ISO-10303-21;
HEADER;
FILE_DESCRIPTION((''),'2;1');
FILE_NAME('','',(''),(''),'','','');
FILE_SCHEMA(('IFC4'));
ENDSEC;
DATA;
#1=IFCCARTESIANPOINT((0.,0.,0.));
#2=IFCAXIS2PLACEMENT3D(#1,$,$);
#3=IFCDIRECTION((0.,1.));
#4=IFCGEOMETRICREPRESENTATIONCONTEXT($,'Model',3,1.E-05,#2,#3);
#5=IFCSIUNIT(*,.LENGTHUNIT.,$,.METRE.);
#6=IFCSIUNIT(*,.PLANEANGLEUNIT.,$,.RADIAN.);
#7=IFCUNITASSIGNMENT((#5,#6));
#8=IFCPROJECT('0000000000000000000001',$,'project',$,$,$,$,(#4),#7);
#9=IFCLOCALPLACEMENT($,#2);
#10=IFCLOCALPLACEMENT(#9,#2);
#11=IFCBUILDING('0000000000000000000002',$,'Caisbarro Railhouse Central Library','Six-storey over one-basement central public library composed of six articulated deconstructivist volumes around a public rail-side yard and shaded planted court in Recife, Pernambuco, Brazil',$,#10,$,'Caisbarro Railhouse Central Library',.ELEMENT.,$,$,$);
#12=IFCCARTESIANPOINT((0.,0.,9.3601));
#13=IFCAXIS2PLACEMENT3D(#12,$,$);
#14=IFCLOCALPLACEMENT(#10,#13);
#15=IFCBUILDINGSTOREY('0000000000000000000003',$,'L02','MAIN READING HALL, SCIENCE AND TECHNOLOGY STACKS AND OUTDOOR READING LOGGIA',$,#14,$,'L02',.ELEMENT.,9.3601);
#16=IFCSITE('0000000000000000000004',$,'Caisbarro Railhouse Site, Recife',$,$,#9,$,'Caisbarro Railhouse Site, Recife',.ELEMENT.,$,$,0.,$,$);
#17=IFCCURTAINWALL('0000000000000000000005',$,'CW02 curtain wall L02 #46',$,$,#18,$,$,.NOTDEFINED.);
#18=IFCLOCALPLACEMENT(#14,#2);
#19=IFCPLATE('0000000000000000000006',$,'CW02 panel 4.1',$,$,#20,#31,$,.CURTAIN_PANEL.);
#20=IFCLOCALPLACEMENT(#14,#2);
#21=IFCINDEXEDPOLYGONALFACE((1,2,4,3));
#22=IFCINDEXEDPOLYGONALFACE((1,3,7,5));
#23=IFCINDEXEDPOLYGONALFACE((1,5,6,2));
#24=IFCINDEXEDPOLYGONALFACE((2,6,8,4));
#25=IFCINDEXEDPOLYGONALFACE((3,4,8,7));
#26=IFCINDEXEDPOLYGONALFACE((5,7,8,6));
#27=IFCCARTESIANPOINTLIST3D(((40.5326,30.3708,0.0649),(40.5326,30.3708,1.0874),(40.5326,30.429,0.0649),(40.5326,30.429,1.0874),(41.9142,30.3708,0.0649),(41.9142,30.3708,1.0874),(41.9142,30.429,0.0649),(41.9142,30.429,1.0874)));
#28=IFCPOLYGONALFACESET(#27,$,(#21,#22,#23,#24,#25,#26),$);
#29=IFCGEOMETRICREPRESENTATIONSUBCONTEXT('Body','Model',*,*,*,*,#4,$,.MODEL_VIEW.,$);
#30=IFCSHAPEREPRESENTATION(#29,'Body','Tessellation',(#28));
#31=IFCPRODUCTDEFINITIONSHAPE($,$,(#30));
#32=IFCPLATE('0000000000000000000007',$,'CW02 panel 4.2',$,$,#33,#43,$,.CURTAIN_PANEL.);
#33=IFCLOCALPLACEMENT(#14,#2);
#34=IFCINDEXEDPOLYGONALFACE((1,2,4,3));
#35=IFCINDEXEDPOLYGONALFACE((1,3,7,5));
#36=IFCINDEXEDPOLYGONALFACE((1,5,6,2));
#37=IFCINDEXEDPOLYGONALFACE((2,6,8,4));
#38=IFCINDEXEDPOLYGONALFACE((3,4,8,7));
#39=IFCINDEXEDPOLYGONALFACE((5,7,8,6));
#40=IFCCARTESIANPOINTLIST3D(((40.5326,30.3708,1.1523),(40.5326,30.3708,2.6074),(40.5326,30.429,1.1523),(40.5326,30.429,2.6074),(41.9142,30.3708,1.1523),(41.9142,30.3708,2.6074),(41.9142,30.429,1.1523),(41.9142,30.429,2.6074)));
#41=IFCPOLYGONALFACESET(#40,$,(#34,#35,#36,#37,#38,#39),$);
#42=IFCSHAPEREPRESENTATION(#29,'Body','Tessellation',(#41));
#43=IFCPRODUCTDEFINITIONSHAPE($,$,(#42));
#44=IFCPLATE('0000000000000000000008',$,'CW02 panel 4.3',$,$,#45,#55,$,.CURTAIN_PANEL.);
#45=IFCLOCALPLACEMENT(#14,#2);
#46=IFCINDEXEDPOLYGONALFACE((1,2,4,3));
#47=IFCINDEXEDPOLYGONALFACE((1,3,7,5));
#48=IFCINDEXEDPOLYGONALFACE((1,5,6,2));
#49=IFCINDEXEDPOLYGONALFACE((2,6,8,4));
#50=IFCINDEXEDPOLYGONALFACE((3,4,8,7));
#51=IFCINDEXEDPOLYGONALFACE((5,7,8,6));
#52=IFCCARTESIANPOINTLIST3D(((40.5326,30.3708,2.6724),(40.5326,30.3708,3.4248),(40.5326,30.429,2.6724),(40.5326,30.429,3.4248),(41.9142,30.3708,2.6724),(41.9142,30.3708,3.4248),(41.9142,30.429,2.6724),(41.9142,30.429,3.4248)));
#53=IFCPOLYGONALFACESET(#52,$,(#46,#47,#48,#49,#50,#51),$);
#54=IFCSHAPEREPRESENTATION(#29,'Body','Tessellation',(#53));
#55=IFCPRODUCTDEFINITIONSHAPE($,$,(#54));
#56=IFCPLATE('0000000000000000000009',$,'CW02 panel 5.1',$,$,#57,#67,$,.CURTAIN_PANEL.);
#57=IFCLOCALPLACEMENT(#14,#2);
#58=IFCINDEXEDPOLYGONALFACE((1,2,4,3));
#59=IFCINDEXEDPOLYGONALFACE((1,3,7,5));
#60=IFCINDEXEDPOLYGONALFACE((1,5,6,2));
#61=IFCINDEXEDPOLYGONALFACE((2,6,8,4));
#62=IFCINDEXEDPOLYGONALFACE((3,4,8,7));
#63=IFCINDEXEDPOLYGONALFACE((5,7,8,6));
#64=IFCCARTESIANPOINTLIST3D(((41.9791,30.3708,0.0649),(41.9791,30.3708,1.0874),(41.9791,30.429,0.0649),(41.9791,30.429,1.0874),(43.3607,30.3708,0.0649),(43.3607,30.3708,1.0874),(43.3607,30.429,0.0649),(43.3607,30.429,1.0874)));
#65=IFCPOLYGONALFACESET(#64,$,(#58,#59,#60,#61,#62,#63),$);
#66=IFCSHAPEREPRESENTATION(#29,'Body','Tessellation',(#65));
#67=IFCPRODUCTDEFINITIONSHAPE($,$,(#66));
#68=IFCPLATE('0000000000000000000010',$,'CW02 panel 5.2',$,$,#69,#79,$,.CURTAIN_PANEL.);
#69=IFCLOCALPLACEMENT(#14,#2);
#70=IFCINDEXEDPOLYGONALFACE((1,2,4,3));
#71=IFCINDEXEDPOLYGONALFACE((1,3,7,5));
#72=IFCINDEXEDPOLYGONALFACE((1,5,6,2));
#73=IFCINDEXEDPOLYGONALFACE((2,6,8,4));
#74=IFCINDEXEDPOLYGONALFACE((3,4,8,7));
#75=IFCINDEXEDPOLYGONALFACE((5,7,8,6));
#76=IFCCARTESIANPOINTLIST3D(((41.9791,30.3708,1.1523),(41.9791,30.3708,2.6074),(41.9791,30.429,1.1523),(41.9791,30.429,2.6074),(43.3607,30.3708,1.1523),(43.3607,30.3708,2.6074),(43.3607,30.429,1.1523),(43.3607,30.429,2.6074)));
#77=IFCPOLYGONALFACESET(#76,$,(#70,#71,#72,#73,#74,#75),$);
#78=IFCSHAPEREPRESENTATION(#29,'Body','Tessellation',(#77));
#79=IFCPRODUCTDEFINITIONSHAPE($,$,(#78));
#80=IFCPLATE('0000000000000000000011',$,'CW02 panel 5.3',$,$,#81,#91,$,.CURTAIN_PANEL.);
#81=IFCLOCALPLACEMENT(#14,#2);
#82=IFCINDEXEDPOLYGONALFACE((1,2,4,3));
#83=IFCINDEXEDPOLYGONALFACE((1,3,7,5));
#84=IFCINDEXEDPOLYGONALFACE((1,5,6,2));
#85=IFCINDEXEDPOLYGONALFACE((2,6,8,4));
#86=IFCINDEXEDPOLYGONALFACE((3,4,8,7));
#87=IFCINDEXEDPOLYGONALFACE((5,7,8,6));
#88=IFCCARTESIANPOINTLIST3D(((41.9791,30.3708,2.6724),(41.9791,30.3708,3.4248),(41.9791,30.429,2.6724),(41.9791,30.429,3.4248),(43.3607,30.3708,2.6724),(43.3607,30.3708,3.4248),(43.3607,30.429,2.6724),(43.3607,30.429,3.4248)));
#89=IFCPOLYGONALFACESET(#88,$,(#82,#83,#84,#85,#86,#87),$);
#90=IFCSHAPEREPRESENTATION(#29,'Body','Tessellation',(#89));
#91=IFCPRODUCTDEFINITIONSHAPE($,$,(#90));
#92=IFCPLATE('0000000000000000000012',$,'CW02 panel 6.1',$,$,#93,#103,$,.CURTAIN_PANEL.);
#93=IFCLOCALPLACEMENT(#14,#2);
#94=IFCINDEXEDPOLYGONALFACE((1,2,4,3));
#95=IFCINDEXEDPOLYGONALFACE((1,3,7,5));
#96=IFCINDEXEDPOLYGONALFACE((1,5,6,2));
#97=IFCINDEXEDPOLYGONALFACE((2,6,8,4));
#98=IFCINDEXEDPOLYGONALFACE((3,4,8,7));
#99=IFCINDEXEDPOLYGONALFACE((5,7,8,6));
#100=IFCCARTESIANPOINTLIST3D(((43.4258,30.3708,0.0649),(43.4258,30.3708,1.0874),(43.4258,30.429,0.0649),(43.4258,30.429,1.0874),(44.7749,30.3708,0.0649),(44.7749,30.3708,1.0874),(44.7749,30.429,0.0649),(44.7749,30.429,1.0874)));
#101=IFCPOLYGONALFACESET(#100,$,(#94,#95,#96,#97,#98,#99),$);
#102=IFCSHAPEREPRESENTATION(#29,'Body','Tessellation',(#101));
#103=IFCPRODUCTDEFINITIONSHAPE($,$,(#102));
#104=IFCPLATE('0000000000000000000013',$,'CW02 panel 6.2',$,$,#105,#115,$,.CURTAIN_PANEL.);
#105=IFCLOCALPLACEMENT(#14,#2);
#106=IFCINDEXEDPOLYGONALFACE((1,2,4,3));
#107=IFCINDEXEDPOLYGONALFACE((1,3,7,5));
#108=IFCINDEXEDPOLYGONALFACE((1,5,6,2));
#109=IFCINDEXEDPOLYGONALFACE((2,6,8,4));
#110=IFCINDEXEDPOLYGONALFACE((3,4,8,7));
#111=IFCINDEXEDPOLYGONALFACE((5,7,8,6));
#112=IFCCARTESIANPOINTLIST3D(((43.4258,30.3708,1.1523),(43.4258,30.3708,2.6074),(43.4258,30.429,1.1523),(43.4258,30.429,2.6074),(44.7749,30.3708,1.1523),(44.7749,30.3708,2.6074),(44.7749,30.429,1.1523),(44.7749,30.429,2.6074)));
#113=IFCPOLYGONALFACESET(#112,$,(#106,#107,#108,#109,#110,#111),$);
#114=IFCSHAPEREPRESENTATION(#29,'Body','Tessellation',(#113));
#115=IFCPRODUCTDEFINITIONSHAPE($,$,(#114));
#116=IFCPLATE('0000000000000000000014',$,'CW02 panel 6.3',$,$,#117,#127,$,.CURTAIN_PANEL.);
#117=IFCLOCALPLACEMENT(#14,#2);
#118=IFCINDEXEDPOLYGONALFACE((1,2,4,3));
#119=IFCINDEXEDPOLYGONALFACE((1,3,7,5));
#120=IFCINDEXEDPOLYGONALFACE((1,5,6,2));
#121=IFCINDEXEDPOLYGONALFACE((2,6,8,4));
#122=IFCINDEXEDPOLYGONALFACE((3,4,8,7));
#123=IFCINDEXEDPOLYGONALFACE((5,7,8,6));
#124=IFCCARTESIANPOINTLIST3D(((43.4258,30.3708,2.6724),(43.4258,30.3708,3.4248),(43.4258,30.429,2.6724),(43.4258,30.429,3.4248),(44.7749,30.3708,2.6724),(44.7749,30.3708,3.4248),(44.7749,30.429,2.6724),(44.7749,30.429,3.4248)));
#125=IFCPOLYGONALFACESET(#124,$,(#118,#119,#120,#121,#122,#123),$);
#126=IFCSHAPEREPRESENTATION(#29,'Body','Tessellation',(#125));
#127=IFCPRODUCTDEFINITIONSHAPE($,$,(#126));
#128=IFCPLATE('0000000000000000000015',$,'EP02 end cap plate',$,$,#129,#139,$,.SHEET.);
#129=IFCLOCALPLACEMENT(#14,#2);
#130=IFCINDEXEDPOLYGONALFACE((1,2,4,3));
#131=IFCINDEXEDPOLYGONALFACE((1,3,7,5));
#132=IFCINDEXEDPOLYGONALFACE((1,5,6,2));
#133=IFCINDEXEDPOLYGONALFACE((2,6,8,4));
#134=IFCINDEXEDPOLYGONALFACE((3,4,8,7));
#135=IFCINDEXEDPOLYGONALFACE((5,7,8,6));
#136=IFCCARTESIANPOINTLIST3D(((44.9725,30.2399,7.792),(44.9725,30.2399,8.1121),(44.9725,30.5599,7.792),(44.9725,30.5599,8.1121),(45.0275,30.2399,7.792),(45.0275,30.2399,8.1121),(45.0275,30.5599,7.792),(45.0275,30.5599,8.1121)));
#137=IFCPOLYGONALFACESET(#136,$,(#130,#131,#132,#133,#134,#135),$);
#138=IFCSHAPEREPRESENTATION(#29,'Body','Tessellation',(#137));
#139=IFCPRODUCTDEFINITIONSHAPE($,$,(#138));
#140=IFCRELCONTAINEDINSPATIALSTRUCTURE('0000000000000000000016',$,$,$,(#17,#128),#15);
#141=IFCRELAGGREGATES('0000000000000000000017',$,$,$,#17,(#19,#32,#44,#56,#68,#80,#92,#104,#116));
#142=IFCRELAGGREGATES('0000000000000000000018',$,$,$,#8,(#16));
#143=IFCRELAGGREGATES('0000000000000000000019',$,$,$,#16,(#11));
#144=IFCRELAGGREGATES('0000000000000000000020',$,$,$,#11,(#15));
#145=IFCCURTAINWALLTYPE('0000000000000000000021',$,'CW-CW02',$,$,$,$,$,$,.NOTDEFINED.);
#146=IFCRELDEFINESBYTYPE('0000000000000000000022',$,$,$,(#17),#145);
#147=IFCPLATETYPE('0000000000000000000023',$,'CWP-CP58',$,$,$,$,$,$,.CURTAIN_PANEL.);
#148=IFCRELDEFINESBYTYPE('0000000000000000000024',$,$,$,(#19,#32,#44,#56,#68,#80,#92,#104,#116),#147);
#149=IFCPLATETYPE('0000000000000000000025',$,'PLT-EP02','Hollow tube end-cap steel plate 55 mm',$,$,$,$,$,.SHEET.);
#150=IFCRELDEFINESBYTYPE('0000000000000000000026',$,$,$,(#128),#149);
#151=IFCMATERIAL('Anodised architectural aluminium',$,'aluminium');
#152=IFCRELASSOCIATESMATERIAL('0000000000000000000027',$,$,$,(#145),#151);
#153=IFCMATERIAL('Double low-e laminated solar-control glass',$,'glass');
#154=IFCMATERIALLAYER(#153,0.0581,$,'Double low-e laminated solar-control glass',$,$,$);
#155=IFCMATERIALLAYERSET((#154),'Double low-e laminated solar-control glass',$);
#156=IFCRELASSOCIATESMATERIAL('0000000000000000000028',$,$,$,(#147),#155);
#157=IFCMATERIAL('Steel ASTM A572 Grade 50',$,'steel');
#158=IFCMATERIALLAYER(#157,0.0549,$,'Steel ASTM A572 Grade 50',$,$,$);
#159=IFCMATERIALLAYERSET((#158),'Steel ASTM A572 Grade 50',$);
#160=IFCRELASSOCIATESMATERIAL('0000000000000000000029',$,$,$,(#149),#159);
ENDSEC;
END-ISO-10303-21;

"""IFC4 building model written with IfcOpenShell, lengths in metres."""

from ifc_helpers import new_model, si_unit, direction, frame, origin, origin_2d, place, context, subcontext, project, spatial, rectangle, extrude, material, layer, layer_set, type_object, element, aggregate, save


model = new_model("IFC4")

# Units and contexts
model_context = context("Model", 3, precision=1e-05, world=origin(), true_north=direction((0.0, 1.0)))
body_context = subcontext(model_context, "Body", "Model", "MODEL_VIEW")
ifc_project = project(units=[si_unit("LENGTHUNIT", "METRE"), si_unit("PLANEANGLEUNIT", "RADIAN")], contexts=[model_context])

# Site, building, storey
site_placement = place(None, origin())
site = spatial("IfcSite", under=ifc_project, at=site_placement, Name="Caisbarro Railhouse Site, Recife", LongName="Caisbarro Railhouse Site, Recife", CompositionType="ELEMENT", RefElevation=0.0)
building_placement = place(site_placement, origin())
building = spatial("IfcBuilding", under=site, at=building_placement, Name="Caisbarro Railhouse Central Library", Description="Six-storey over one-basement central public library composed of six articulated deconstructivist volumes around a public rail-side yard and shaded planted court in Recife, Pernambuco, Brazil", LongName="Caisbarro Railhouse Central Library", CompositionType="ELEMENT")
storey_placement = place(building_placement, frame((0.0, 0.0, 9.3601)))
storey = spatial("IfcBuildingStorey", under=building, at=storey_placement, Name="L02", Description="MAIN READING HALL, SCIENCE AND TECHNOLOGY STACKS AND OUTDOOR READING LOGGIA", LongName="L02", CompositionType="ELEMENT", Elevation=9.3601)

# Shared definitions
ifc_material_1 = material(Name="Steel ASTM A572 Grade 50", Category="steel")

# Curtain wall
ifc_material_2 = material(Name="Anodised architectural aluminium", Category="aluminium")
curtain_wall_type = type_object("IfcCurtainWallType", Name="CW-CW02", PredefinedType="NOTDEFINED", material=ifc_material_2)
curtain_wall_1_placement = place(storey_placement, origin())
curtain_wall_1 = element("IfcCurtainWall", 1, at=curtain_wall_1_placement, inside=storey, type_object=curtain_wall_type, Name="CW02 curtain wall L02 #46", PredefinedType="NOTDEFINED")

# Plates
ifc_material_3 = material(Name="Double low-e laminated solar-control glass", Category="glass")
ifc_layer_1 = layer(ifc_material_3, 0.0581, Name="Double low-e laminated solar-control glass")
ifc_layer_set_1 = layer_set([ifc_layer_1], Name="Double low-e laminated solar-control glass")
plate_type_1 = type_object("IfcPlateType", Name="CWP-CP58", PredefinedType="CURTAIN_PANEL", material=ifc_layer_set_1)
plate_1_placement = place(storey_placement, frame((41.2234, 30.3999, 0.0649), z_axis=(0.0, 0.0, 1.0), x_axis=(1.0, 0.0, 0.0)))
plate_1 = element("IfcPlate", 2, at=plate_1_placement, type_object=plate_type_1, Name="CW02 panel 4.1", PredefinedType="CURTAIN_PANEL", context=body_context, shape_type="SweptSolid", body=[
    extrude(rectangle(XDim=1.3816, YDim=0.0581, at=origin_2d()), origin(), (0.0, 0.0, 1.0), 1.0225),
])
plate_2_placement = place(storey_placement, frame((41.2234, 30.3999, 1.1523), z_axis=(0.0, 0.0, 1.0), x_axis=(1.0, 0.0, 0.0)))
plate_2 = element("IfcPlate", 3, at=plate_2_placement, type_object=plate_type_1, Name="CW02 panel 4.2", PredefinedType="CURTAIN_PANEL", context=body_context, shape_type="SweptSolid", body=[
    extrude(rectangle(XDim=1.3816, YDim=0.0581, at=origin_2d()), origin(), (0.0, 0.0, 1.0), 1.4551),
])
plate_3_placement = place(storey_placement, frame((41.2234, 30.3999, 2.6724), z_axis=(0.0, 0.0, 1.0), x_axis=(1.0, 0.0, 0.0)))
plate_3 = element("IfcPlate", 4, at=plate_3_placement, type_object=plate_type_1, Name="CW02 panel 4.3", PredefinedType="CURTAIN_PANEL", context=body_context, shape_type="SweptSolid", body=[
    extrude(rectangle(XDim=1.3816, YDim=0.0581, at=origin_2d()), origin(), (0.0, 0.0, 1.0), 0.7524),
])
plate_4_placement = place(storey_placement, frame((42.6699, 30.3999, 0.0649), z_axis=(0.0, 0.0, 1.0), x_axis=(1.0, 0.0, 0.0)))
plate_4 = element("IfcPlate", 5, at=plate_4_placement, type_object=plate_type_1, Name="CW02 panel 5.1", PredefinedType="CURTAIN_PANEL", context=body_context, shape_type="SweptSolid", body=[
    extrude(rectangle(XDim=1.3816, YDim=0.0581, at=origin_2d()), origin(), (0.0, 0.0, 1.0), 1.0225),
])
plate_5_placement = place(storey_placement, frame((42.6699, 30.3999, 1.1523), z_axis=(0.0, 0.0, 1.0), x_axis=(1.0, 0.0, 0.0)))
plate_5 = element("IfcPlate", 6, at=plate_5_placement, type_object=plate_type_1, Name="CW02 panel 5.2", PredefinedType="CURTAIN_PANEL", context=body_context, shape_type="SweptSolid", body=[
    extrude(rectangle(XDim=1.3816, YDim=0.0581, at=origin_2d()), origin(), (0.0, 0.0, 1.0), 1.4551),
])
plate_6_placement = place(storey_placement, frame((42.6699, 30.3999, 2.6724), z_axis=(0.0, 0.0, 1.0), x_axis=(1.0, 0.0, 0.0)))
plate_6 = element("IfcPlate", 7, at=plate_6_placement, type_object=plate_type_1, Name="CW02 panel 5.3", PredefinedType="CURTAIN_PANEL", context=body_context, shape_type="SweptSolid", body=[
    extrude(rectangle(XDim=1.3816, YDim=0.0581, at=origin_2d()), origin(), (0.0, 0.0, 1.0), 0.7524),
])
plate_7_placement = place(storey_placement, frame((44.1003, 30.3999, 0.0649), z_axis=(0.0, 0.0, 1.0), x_axis=(1.0, 0.0, 0.0)))
plate_7 = element("IfcPlate", 8, at=plate_7_placement, type_object=plate_type_1, Name="CW02 panel 6.1", PredefinedType="CURTAIN_PANEL", context=body_context, shape_type="SweptSolid", body=[
    extrude(rectangle(XDim=1.3491, YDim=0.0581, at=origin_2d()), origin(), (0.0, 0.0, 1.0), 1.0225),
])
plate_8_placement = place(storey_placement, frame((44.1003, 30.3999, 1.1523), z_axis=(0.0, 0.0, 1.0), x_axis=(1.0, 0.0, 0.0)))
plate_8 = element("IfcPlate", 9, at=plate_8_placement, type_object=plate_type_1, Name="CW02 panel 6.2", PredefinedType="CURTAIN_PANEL", context=body_context, shape_type="SweptSolid", body=[
    extrude(rectangle(XDim=1.3491, YDim=0.0581, at=origin_2d()), origin(), (0.0, 0.0, 1.0), 1.4551),
])
plate_9_placement = place(storey_placement, frame((44.1003, 30.3999, 2.6724), z_axis=(0.0, 0.0, 1.0), x_axis=(1.0, 0.0, 0.0)))
plate_9 = element("IfcPlate", 10, at=plate_9_placement, type_object=plate_type_1, Name="CW02 panel 6.3", PredefinedType="CURTAIN_PANEL", context=body_context, shape_type="SweptSolid", body=[
    extrude(rectangle(XDim=1.3491, YDim=0.0581, at=origin_2d()), origin(), (0.0, 0.0, 1.0), 0.7524),
])
aggregate(curtain_wall_1, [plate_1, plate_2, plate_3, plate_4, plate_5, plate_6, plate_7, plate_8, plate_9])
ifc_layer_2 = layer(ifc_material_1, 0.0549, Name="Steel ASTM A572 Grade 50")
ifc_layer_set_2 = layer_set([ifc_layer_2], Name="Steel ASTM A572 Grade 50")
plate_type_2 = type_object("IfcPlateType", Name="PLT-EP02", Description="Hollow tube end-cap steel plate 55 mm", PredefinedType="SHEET", material=ifc_layer_set_2)
plate_10_placement = place(storey_placement, frame((45.0, 30.3999, 7.792), z_axis=(0.0, 0.0, 1.0), x_axis=(1.0, 0.0, 0.0)))
element("IfcPlate", 11, at=plate_10_placement, inside=storey, type_object=plate_type_2, Name="EP02 end cap plate", PredefinedType="SHEET", context=body_context, shape_type="SweptSolid", body=[
    extrude(rectangle(XDim=0.0549, YDim=0.3201, at=origin_2d()), origin(), (0.0, 0.0, 1.0), 0.3201),
])

save(model, "model.ifc")
